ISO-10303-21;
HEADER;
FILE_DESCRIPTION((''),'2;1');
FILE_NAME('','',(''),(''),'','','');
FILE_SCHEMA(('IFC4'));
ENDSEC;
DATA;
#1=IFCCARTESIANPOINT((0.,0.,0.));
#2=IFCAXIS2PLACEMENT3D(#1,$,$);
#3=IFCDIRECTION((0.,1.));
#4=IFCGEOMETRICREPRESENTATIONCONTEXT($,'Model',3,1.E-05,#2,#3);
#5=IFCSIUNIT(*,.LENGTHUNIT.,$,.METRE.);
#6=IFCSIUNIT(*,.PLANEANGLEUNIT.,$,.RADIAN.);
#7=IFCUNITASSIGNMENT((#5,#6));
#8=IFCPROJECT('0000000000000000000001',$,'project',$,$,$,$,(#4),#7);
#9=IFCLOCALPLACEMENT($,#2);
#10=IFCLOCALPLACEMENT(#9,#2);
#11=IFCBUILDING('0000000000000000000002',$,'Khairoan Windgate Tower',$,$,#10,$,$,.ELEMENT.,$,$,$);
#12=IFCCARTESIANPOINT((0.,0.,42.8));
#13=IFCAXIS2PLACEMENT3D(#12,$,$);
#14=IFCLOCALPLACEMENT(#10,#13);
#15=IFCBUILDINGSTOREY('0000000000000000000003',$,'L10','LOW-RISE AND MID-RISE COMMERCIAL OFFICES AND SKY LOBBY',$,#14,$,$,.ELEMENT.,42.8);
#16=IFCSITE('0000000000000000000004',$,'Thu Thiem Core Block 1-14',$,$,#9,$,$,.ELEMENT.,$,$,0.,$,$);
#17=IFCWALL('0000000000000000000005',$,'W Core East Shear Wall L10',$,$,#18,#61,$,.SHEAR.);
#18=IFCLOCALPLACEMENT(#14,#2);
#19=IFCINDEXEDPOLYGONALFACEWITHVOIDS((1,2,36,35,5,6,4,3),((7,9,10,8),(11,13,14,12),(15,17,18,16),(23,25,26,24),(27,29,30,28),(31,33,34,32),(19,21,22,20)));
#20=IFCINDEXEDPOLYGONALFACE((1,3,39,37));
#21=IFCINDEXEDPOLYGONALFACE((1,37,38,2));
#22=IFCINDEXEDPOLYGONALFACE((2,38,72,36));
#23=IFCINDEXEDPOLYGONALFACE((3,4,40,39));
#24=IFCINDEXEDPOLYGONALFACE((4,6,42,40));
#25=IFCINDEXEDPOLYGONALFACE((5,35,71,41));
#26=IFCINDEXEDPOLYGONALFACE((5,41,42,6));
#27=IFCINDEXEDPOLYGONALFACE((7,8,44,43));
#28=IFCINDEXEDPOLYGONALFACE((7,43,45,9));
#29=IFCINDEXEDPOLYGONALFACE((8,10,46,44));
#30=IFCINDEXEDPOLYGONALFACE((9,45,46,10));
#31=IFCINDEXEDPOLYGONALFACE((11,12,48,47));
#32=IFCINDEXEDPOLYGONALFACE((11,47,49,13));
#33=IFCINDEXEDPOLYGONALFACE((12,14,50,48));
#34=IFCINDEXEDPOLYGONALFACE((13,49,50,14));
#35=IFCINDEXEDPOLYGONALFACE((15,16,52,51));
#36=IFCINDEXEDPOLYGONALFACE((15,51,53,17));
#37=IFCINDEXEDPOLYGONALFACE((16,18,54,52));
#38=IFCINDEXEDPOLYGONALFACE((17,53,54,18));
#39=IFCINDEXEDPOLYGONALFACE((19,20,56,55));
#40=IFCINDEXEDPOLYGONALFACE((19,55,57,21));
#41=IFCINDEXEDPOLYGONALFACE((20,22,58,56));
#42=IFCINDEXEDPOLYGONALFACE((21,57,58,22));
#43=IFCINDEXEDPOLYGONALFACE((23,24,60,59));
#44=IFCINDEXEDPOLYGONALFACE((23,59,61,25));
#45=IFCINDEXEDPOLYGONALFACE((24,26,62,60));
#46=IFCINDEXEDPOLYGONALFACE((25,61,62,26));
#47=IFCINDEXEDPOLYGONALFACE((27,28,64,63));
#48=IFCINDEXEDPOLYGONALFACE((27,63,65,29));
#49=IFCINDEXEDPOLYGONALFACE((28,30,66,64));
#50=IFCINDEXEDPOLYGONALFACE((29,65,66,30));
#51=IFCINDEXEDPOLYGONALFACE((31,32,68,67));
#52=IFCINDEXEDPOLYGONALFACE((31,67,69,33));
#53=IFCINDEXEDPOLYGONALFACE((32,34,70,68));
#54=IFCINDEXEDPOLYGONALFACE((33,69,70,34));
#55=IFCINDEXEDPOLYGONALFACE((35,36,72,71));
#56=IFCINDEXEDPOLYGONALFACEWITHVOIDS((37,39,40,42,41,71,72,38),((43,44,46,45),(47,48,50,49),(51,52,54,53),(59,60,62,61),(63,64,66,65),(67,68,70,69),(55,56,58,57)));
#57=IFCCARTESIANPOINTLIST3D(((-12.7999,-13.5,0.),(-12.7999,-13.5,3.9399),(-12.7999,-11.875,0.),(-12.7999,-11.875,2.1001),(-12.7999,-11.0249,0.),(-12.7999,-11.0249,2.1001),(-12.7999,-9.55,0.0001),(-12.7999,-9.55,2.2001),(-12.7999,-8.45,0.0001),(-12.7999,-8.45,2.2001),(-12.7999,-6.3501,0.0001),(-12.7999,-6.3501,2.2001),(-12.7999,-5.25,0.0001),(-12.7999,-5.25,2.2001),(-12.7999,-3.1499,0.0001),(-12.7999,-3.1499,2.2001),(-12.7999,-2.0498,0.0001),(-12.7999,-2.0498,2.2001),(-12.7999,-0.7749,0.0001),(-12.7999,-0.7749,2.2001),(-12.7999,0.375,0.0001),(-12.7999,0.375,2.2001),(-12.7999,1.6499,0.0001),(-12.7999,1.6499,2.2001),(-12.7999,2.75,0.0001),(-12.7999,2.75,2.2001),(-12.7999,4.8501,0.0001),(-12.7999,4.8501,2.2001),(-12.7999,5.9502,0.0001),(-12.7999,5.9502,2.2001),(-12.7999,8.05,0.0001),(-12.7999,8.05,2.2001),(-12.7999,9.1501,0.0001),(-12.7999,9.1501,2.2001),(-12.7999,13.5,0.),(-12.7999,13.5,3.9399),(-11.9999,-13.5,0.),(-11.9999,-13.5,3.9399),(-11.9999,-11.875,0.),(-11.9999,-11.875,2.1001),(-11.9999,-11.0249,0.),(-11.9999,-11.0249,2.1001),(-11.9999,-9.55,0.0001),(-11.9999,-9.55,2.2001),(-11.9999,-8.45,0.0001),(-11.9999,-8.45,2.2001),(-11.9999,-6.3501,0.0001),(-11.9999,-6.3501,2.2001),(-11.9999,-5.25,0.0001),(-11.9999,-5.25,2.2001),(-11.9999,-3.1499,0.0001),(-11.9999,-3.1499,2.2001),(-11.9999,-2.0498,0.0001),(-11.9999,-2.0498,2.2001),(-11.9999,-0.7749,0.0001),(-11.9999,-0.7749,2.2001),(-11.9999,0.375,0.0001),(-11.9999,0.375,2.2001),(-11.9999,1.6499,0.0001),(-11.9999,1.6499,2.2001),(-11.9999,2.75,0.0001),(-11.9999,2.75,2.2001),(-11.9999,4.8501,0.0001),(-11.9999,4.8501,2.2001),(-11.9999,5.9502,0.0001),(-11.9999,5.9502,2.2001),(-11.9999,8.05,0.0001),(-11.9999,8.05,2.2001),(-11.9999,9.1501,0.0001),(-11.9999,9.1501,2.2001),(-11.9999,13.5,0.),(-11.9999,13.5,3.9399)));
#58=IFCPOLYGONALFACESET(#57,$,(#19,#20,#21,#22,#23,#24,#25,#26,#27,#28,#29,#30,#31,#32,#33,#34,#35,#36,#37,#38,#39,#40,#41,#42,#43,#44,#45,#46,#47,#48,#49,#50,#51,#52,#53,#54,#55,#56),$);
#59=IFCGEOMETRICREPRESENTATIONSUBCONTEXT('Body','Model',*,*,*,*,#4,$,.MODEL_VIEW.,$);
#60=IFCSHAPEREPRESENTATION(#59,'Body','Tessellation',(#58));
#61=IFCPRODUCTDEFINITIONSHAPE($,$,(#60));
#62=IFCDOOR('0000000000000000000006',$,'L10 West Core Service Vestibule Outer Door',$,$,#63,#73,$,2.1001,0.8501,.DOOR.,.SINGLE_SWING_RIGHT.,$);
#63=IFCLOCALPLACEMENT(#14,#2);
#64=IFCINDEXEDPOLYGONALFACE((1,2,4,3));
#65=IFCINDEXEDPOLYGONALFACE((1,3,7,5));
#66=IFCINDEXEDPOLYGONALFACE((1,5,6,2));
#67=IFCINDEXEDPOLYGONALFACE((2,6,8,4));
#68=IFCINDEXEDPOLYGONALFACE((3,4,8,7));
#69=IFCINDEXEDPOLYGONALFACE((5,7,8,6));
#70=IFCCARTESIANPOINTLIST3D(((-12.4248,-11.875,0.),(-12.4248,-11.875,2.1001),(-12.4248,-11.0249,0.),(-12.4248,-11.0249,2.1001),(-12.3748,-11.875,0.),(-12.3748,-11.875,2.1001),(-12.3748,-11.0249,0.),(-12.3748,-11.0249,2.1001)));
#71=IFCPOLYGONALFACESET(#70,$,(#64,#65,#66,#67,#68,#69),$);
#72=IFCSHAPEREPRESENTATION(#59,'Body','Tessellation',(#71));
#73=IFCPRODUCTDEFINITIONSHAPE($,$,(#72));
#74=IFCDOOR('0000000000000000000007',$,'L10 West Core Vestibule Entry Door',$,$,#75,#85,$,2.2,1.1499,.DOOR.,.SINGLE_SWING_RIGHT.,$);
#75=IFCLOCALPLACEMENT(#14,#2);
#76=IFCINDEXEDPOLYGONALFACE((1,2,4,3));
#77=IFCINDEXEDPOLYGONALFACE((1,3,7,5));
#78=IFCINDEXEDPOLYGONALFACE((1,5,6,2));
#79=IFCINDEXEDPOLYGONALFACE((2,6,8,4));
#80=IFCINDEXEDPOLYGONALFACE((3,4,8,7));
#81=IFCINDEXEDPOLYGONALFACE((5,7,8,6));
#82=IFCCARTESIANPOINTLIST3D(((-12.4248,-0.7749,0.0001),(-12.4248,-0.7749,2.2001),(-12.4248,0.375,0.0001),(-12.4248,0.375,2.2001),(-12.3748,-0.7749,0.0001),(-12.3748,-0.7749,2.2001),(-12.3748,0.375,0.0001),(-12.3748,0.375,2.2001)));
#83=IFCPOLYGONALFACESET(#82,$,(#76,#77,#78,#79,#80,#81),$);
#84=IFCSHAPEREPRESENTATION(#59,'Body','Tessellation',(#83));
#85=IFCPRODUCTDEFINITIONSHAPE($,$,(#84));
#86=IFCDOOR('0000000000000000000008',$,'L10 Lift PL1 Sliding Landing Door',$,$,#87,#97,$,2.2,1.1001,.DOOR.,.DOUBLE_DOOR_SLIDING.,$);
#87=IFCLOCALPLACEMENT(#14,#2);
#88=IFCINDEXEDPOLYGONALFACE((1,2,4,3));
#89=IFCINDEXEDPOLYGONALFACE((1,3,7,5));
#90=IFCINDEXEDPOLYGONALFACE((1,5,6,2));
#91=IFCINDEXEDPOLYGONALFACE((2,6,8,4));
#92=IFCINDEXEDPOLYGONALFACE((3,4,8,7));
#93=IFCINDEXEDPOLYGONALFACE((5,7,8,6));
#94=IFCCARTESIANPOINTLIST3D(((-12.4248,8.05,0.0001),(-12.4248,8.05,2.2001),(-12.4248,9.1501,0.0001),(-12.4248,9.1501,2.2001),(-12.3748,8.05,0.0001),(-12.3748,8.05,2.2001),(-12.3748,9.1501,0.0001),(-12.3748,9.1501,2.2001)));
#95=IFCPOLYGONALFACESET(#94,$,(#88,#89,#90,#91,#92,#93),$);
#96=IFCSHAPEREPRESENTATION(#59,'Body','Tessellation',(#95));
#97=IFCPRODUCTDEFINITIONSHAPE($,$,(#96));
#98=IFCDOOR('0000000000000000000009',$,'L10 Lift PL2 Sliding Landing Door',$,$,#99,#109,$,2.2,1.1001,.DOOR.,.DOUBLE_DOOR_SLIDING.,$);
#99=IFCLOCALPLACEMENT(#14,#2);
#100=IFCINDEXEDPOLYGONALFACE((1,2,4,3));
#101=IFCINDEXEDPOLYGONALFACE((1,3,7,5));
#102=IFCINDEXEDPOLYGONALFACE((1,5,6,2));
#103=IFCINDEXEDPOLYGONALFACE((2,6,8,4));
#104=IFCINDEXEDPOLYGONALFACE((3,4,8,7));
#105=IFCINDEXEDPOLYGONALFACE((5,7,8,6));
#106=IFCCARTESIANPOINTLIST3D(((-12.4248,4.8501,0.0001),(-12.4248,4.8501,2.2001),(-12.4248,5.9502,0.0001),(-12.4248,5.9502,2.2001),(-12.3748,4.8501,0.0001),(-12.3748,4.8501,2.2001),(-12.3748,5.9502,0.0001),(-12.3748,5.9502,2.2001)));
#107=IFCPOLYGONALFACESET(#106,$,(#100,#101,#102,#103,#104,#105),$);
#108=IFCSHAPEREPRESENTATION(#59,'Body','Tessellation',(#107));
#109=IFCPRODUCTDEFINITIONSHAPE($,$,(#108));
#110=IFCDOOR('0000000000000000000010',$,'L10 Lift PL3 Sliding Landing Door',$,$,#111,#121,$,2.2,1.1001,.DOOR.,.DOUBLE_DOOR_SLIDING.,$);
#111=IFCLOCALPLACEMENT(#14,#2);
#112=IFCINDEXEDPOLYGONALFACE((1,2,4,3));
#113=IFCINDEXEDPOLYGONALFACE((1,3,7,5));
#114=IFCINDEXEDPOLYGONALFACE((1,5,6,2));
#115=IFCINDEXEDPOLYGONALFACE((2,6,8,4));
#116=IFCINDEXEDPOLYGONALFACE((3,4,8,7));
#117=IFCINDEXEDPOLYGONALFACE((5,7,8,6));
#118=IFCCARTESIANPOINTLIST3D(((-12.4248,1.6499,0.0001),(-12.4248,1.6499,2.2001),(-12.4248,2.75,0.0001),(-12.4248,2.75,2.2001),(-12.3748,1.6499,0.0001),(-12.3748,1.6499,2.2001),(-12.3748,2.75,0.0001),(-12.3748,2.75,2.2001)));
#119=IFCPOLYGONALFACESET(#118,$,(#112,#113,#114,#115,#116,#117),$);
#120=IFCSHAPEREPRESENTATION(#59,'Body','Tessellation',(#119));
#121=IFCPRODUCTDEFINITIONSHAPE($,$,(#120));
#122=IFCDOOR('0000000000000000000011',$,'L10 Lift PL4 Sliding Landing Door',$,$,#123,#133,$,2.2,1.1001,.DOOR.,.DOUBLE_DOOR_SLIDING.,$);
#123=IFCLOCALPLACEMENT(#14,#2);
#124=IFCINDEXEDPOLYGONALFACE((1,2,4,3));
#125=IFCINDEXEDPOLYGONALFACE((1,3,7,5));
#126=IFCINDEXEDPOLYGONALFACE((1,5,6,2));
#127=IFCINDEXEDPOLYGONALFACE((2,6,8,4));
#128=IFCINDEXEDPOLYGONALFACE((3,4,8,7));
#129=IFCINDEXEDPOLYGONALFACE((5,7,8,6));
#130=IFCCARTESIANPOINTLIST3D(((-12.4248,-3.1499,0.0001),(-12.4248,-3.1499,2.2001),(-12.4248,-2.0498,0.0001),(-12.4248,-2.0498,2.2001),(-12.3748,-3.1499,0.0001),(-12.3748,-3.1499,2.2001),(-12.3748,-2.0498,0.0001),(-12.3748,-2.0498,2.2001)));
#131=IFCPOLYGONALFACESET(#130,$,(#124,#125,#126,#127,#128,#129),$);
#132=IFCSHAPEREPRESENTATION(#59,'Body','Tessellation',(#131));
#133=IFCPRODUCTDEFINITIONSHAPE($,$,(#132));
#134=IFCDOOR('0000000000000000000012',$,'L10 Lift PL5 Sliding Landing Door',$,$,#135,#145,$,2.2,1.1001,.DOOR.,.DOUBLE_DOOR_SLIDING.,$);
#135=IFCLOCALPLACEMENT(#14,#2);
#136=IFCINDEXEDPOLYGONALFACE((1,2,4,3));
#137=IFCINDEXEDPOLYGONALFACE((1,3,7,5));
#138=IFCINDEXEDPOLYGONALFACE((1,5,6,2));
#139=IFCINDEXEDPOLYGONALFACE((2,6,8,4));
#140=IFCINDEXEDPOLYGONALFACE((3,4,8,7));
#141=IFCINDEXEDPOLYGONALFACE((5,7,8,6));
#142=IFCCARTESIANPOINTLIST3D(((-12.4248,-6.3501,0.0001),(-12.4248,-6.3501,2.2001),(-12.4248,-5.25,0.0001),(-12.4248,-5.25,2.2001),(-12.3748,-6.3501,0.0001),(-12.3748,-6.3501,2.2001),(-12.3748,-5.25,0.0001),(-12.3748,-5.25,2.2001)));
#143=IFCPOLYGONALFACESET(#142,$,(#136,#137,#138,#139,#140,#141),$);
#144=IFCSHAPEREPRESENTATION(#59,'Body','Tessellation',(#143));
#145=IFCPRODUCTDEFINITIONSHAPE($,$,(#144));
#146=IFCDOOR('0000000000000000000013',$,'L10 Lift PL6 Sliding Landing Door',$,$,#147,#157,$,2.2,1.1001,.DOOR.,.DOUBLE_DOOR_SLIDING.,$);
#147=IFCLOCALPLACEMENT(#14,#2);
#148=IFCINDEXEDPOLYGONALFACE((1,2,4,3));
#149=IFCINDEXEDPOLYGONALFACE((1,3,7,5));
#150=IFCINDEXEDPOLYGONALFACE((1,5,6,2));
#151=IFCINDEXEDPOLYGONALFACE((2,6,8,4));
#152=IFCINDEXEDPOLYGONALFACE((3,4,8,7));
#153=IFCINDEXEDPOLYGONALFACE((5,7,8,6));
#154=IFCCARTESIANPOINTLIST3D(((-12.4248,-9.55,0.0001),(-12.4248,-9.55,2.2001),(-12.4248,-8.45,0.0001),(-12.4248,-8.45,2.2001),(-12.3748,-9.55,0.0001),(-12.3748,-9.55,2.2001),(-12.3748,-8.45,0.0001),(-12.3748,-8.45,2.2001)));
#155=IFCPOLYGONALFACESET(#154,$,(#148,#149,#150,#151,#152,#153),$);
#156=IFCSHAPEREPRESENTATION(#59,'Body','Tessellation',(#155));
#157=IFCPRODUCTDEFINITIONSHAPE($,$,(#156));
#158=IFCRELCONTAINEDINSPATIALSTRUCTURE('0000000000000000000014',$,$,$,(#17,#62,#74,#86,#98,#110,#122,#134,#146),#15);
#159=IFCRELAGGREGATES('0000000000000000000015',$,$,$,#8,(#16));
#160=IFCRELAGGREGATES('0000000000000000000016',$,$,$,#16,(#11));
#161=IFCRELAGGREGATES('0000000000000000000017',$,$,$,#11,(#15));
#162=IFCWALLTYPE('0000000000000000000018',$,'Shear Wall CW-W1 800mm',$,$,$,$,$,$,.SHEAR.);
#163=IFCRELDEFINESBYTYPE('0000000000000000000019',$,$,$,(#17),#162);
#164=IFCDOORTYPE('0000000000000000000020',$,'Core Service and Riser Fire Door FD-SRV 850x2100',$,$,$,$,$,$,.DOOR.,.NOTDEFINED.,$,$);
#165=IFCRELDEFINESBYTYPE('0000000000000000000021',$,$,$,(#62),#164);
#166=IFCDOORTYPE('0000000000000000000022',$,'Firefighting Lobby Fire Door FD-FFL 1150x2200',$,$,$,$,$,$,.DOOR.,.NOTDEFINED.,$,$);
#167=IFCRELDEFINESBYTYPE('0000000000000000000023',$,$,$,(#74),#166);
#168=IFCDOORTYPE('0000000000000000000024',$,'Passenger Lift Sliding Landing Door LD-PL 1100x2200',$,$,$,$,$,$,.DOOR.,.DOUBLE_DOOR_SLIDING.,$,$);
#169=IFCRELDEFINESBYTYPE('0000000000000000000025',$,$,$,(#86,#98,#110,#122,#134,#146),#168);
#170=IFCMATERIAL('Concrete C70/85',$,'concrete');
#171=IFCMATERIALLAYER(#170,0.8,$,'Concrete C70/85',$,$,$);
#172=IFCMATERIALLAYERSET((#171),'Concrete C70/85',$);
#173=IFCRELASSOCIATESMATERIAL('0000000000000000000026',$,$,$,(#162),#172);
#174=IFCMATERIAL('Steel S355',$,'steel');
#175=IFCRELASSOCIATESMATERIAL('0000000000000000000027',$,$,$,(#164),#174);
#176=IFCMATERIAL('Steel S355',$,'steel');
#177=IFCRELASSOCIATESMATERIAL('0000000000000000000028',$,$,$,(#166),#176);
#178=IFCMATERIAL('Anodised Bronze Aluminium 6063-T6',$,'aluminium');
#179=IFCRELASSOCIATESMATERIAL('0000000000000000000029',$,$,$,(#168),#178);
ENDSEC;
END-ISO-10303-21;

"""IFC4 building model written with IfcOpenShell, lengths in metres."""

from ifc_helpers import new_model, si_unit, direction, frame, frame_2d, origin, place, context, subcontext, project, spatial, rectangle, extrude, material, layer, layer_set, type_object, element, fill, save


model = new_model("IFC4")

# Units and contexts
model_context = context("Model", 3, precision=1e-05, world=origin(), true_north=direction((0.0, 1.0)))
body_context = subcontext(model_context, "Body", "Model", "MODEL_VIEW")
ifc_project = project(units=[si_unit("LENGTHUNIT", "METRE"), si_unit("PLANEANGLEUNIT", "RADIAN")], contexts=[model_context])

# Site, building, storey
site_placement = place(None, origin())
site = spatial("IfcSite", under=ifc_project, at=site_placement, Name="Thu Thiem Core Block 1-14", CompositionType="ELEMENT", RefElevation=0.0)
building_placement = place(site_placement, origin())
building = spatial("IfcBuilding", under=site, at=building_placement, Name="Khairoan Windgate Tower", CompositionType="ELEMENT")
storey_placement = place(building_placement, frame((0.0, 0.0, 42.8)))
storey = spatial("IfcBuildingStorey", under=building, at=storey_placement, Name="L10", Description="LOW-RISE AND MID-RISE COMMERCIAL OFFICES AND SKY LOBBY", CompositionType="ELEMENT", Elevation=42.8)

# Wall, openings, doors
ifc_material_1 = material(Name="Concrete C70/85", Category="concrete")
ifc_layer_1 = layer(ifc_material_1, 0.8, Name="Concrete C70/85")
ifc_layer_set_1 = layer_set([ifc_layer_1], Name="Concrete C70/85")
wall_type_1 = type_object("IfcWallType", Name="Shear Wall CW-W1 800mm", PredefinedType="SHEAR", material=ifc_layer_set_1)
wall_1_placement = place(storey_placement, frame((-12.3999, -13.5, 0.0), z_axis=(0.0, 0.0, 1.0), x_axis=(0.0, 1.0, 0.0)))
wall_1 = element("IfcWall", 1, at=wall_1_placement, inside=storey, type_object=wall_type_1, Name="W Core East Shear Wall L10", PredefinedType="SHEAR", context=body_context, shape_type="SweptSolid", body=[
    extrude(rectangle(XDim=27.0, YDim=0.8, at=frame_2d((13.5, 0.0))), origin(), (0.0, 0.0, 1.0), 3.9399),
])
opening_1_placement = place(wall_1_placement, frame((21.55, 0.0, 0.0)))
opening_1 = element("IfcOpeningElement", 2, at=opening_1_placement, cuts=wall_1, PredefinedType="OPENING", context=body_context, shape_type="SweptSolid", body=[
    extrude(rectangle(XDim=1.1001, YDim=2.2, at=frame_2d((0.55, 1.1001))), frame((0.0, 0.4099, 0.0), z_axis=(0.0, -1.0, 0.0), x_axis=(1.0, 0.0, 0.0)), (0.0, 0.0, 1.0), 0.8201),
])
opening_2_placement = place(wall_1_placement, frame((18.3501, 0.0, 0.0)))
opening_2 = element("IfcOpeningElement", 3, at=opening_2_placement, cuts=wall_1, PredefinedType="OPENING", context=body_context, shape_type="SweptSolid", body=[
    extrude(rectangle(XDim=1.1001, YDim=2.2, at=frame_2d((0.55, 1.1001))), frame((0.0, 0.4099, 0.0), z_axis=(0.0, -1.0, 0.0), x_axis=(1.0, 0.0, 0.0)), (0.0, 0.0, 1.0), 0.8201),
])
opening_3_placement = place(wall_1_placement, frame((15.1499, 0.0, 0.0)))
opening_3 = element("IfcOpeningElement", 4, at=opening_3_placement, cuts=wall_1, PredefinedType="OPENING", context=body_context, shape_type="SweptSolid", body=[
    extrude(rectangle(XDim=1.1001, YDim=2.2, at=frame_2d((0.55, 1.1001))), frame((0.0, 0.4099, 0.0), z_axis=(0.0, -1.0, 0.0), x_axis=(1.0, 0.0, 0.0)), (0.0, 0.0, 1.0), 0.8201),
])
opening_4_placement = place(wall_1_placement, frame((10.3501, 0.0, 0.0)))
opening_4 = element("IfcOpeningElement", 5, at=opening_4_placement, cuts=wall_1, PredefinedType="OPENING", context=body_context, shape_type="SweptSolid", body=[
    extrude(rectangle(XDim=1.1001, YDim=2.2, at=frame_2d((0.55, 1.1001))), frame((0.0, 0.4099, 0.0), z_axis=(0.0, -1.0, 0.0), x_axis=(1.0, 0.0, 0.0)), (0.0, 0.0, 1.0), 0.8201),
])
opening_5_placement = place(wall_1_placement, frame((7.1499, 0.0, 0.0)))
opening_5 = element("IfcOpeningElement", 6, at=opening_5_placement, cuts=wall_1, PredefinedType="OPENING", context=body_context, shape_type="SweptSolid", body=[
    extrude(rectangle(XDim=1.1001, YDim=2.2, at=frame_2d((0.55, 1.1001))), frame((0.0, 0.4099, 0.0), z_axis=(0.0, -1.0, 0.0), x_axis=(1.0, 0.0, 0.0)), (0.0, 0.0, 1.0), 0.8201),
])
opening_6_placement = place(wall_1_placement, frame((3.95, 0.0, 0.0)))
opening_6 = element("IfcOpeningElement", 7, at=opening_6_placement, cuts=wall_1, PredefinedType="OPENING", context=body_context, shape_type="SweptSolid", body=[
    extrude(rectangle(XDim=1.1001, YDim=2.2, at=frame_2d((0.55, 1.1001))), frame((0.0, 0.4099, 0.0), z_axis=(0.0, -1.0, 0.0), x_axis=(1.0, 0.0, 0.0)), (0.0, 0.0, 1.0), 0.8201),
])
opening_7_placement = place(wall_1_placement, frame((12.7251, 0.0, 0.0)))
opening_7 = element("IfcOpeningElement", 8, at=opening_7_placement, cuts=wall_1, PredefinedType="OPENING", context=body_context, shape_type="SweptSolid", body=[
    extrude(rectangle(XDim=1.1499, YDim=2.2, at=frame_2d((0.575, 1.1001))), frame((0.0, 0.4099, 0.0), z_axis=(0.0, -1.0, 0.0), x_axis=(1.0, 0.0, 0.0)), (0.0, 0.0, 1.0), 0.8201),
])
opening_8_placement = place(wall_1_placement, frame((1.625, 0.0, 0.0)))
opening_8 = element("IfcOpeningElement", 9, at=opening_8_placement, cuts=wall_1, PredefinedType="OPENING", context=body_context, shape_type="SweptSolid", body=[
    extrude(rectangle(XDim=0.8501, YDim=2.1001, at=frame_2d((0.425, 1.05))), frame((0.0, 0.4099, 0.0), z_axis=(0.0, -1.0, 0.0), x_axis=(1.0, 0.0, 0.0)), (0.0, 0.0, 1.0), 0.8201),
])
ifc_material_2 = material(Name="Steel S355", Category="steel")
door_type_1 = type_object("IfcDoorType", Name="Core Service and Riser Fire Door FD-SRV 850x2100", OperationType="NOTDEFINED", PredefinedType="DOOR", material=ifc_material_2)
door_1_placement = place(opening_8_placement, origin())
door_1 = element("IfcDoor", 10, at=door_1_placement, inside=storey, type_object=door_type_1, Name="L10 West Core Service Vestibule Outer Door", OperationType="SINGLE_SWING_RIGHT", OverallHeight=2.1001, OverallWidth=0.8501, PredefinedType="DOOR", context=body_context, shape_type="SweptSolid", body=[
    extrude(rectangle(XDim=0.8501, YDim=2.1001, at=frame_2d((0.425, 1.05))), frame((0.0, 0.0249, 0.0), z_axis=(0.0, -1.0, 0.0), x_axis=(1.0, 0.0, 0.0)), (0.0, 0.0, 1.0), 0.05),
])
fill(opening_8, door_1)
ifc_material_3 = material(Name="Steel S355", Category="steel")
door_type_2 = type_object("IfcDoorType", Name="Firefighting Lobby Fire Door FD-FFL 1150x2200", OperationType="NOTDEFINED", PredefinedType="DOOR", material=ifc_material_3)
door_2_placement = place(opening_7_placement, origin())
door_2 = element("IfcDoor", 11, at=door_2_placement, inside=storey, type_object=door_type_2, Name="L10 West Core Vestibule Entry Door", OperationType="SINGLE_SWING_RIGHT", OverallHeight=2.2, OverallWidth=1.1499, PredefinedType="DOOR", context=body_context, shape_type="SweptSolid", body=[
    extrude(rectangle(XDim=1.1499, YDim=2.2, at=frame_2d((0.575, 1.1001))), frame((0.0, 0.0249, 0.0), z_axis=(0.0, -1.0, 0.0), x_axis=(1.0, 0.0, 0.0)), (0.0, 0.0, 1.0), 0.05),
])
fill(opening_7, door_2)
ifc_material_4 = material(Name="Anodised Bronze Aluminium 6063-T6", Category="aluminium")
door_type_3 = type_object("IfcDoorType", Name="Passenger Lift Sliding Landing Door LD-PL 1100x2200", OperationType="DOUBLE_DOOR_SLIDING", PredefinedType="DOOR", material=ifc_material_4)
door_3_placement = place(opening_1_placement, origin())
door_3 = element("IfcDoor", 12, at=door_3_placement, inside=storey, type_object=door_type_3, Name="L10 Lift PL1 Sliding Landing Door", OperationType="DOUBLE_DOOR_SLIDING", OverallHeight=2.2, OverallWidth=1.1001, PredefinedType="DOOR", context=body_context, shape_type="SweptSolid", body=[
    extrude(rectangle(XDim=1.1001, YDim=2.2, at=frame_2d((0.55, 1.1001))), frame((0.0, 0.0249, 0.0), z_axis=(0.0, -1.0, 0.0), x_axis=(1.0, 0.0, 0.0)), (0.0, 0.0, 1.0), 0.05),
])
fill(opening_1, door_3)
door_4_placement = place(opening_2_placement, origin())
door_4 = element("IfcDoor", 13, at=door_4_placement, inside=storey, type_object=door_type_3, Name="L10 Lift PL2 Sliding Landing Door", OperationType="DOUBLE_DOOR_SLIDING", OverallHeight=2.2, OverallWidth=1.1001, PredefinedType="DOOR", context=body_context, shape_type="SweptSolid", body=[
    extrude(rectangle(XDim=1.1001, YDim=2.2, at=frame_2d((0.55, 1.1001))), frame((0.0, 0.0249, 0.0), z_axis=(0.0, -1.0, 0.0), x_axis=(1.0, 0.0, 0.0)), (0.0, 0.0, 1.0), 0.05),
])
fill(opening_2, door_4)
door_5_placement = place(opening_3_placement, origin())
door_5 = element("IfcDoor", 14, at=door_5_placement, inside=storey, type_object=door_type_3, Name="L10 Lift PL3 Sliding Landing Door", OperationType="DOUBLE_DOOR_SLIDING", OverallHeight=2.2, OverallWidth=1.1001, PredefinedType="DOOR", context=body_context, shape_type="SweptSolid", body=[
    extrude(rectangle(XDim=1.1001, YDim=2.2, at=frame_2d((0.55, 1.1001))), frame((0.0, 0.0249, 0.0), z_axis=(0.0, -1.0, 0.0), x_axis=(1.0, 0.0, 0.0)), (0.0, 0.0, 1.0), 0.05),
])
fill(opening_3, door_5)
door_6_placement = place(opening_4_placement, origin())
door_6 = element("IfcDoor", 15, at=door_6_placement, inside=storey, type_object=door_type_3, Name="L10 Lift PL4 Sliding Landing Door", OperationType="DOUBLE_DOOR_SLIDING", OverallHeight=2.2, OverallWidth=1.1001, PredefinedType="DOOR", context=body_context, shape_type="SweptSolid", body=[
    extrude(rectangle(XDim=1.1001, YDim=2.2, at=frame_2d((0.55, 1.1001))), frame((0.0, 0.0249, 0.0), z_axis=(0.0, -1.0, 0.0), x_axis=(1.0, 0.0, 0.0)), (0.0, 0.0, 1.0), 0.05),
])
fill(opening_4, door_6)
door_7_placement = place(opening_5_placement, origin())
door_7 = element("IfcDoor", 16, at=door_7_placement, inside=storey, type_object=door_type_3, Name="L10 Lift PL5 Sliding Landing Door", OperationType="DOUBLE_DOOR_SLIDING", OverallHeight=2.2, OverallWidth=1.1001, PredefinedType="DOOR", context=body_context, shape_type="SweptSolid", body=[
    extrude(rectangle(XDim=1.1001, YDim=2.2, at=frame_2d((0.55, 1.1001))), frame((0.0, 0.0249, 0.0), z_axis=(0.0, -1.0, 0.0), x_axis=(1.0, 0.0, 0.0)), (0.0, 0.0, 1.0), 0.05),
])
fill(opening_5, door_7)
door_8_placement = place(opening_6_placement, origin())
door_8 = element("IfcDoor", 17, at=door_8_placement, inside=storey, type_object=door_type_3, Name="L10 Lift PL6 Sliding Landing Door", OperationType="DOUBLE_DOOR_SLIDING", OverallHeight=2.2, OverallWidth=1.1001, PredefinedType="DOOR", context=body_context, shape_type="SweptSolid", body=[
    extrude(rectangle(XDim=1.1001, YDim=2.2, at=frame_2d((0.55, 1.1001))), frame((0.0, 0.0249, 0.0), z_axis=(0.0, -1.0, 0.0), x_axis=(1.0, 0.0, 0.0)), (0.0, 0.0, 1.0), 0.05),
])
fill(opening_6, door_8)

save(model, "model.ifc")
